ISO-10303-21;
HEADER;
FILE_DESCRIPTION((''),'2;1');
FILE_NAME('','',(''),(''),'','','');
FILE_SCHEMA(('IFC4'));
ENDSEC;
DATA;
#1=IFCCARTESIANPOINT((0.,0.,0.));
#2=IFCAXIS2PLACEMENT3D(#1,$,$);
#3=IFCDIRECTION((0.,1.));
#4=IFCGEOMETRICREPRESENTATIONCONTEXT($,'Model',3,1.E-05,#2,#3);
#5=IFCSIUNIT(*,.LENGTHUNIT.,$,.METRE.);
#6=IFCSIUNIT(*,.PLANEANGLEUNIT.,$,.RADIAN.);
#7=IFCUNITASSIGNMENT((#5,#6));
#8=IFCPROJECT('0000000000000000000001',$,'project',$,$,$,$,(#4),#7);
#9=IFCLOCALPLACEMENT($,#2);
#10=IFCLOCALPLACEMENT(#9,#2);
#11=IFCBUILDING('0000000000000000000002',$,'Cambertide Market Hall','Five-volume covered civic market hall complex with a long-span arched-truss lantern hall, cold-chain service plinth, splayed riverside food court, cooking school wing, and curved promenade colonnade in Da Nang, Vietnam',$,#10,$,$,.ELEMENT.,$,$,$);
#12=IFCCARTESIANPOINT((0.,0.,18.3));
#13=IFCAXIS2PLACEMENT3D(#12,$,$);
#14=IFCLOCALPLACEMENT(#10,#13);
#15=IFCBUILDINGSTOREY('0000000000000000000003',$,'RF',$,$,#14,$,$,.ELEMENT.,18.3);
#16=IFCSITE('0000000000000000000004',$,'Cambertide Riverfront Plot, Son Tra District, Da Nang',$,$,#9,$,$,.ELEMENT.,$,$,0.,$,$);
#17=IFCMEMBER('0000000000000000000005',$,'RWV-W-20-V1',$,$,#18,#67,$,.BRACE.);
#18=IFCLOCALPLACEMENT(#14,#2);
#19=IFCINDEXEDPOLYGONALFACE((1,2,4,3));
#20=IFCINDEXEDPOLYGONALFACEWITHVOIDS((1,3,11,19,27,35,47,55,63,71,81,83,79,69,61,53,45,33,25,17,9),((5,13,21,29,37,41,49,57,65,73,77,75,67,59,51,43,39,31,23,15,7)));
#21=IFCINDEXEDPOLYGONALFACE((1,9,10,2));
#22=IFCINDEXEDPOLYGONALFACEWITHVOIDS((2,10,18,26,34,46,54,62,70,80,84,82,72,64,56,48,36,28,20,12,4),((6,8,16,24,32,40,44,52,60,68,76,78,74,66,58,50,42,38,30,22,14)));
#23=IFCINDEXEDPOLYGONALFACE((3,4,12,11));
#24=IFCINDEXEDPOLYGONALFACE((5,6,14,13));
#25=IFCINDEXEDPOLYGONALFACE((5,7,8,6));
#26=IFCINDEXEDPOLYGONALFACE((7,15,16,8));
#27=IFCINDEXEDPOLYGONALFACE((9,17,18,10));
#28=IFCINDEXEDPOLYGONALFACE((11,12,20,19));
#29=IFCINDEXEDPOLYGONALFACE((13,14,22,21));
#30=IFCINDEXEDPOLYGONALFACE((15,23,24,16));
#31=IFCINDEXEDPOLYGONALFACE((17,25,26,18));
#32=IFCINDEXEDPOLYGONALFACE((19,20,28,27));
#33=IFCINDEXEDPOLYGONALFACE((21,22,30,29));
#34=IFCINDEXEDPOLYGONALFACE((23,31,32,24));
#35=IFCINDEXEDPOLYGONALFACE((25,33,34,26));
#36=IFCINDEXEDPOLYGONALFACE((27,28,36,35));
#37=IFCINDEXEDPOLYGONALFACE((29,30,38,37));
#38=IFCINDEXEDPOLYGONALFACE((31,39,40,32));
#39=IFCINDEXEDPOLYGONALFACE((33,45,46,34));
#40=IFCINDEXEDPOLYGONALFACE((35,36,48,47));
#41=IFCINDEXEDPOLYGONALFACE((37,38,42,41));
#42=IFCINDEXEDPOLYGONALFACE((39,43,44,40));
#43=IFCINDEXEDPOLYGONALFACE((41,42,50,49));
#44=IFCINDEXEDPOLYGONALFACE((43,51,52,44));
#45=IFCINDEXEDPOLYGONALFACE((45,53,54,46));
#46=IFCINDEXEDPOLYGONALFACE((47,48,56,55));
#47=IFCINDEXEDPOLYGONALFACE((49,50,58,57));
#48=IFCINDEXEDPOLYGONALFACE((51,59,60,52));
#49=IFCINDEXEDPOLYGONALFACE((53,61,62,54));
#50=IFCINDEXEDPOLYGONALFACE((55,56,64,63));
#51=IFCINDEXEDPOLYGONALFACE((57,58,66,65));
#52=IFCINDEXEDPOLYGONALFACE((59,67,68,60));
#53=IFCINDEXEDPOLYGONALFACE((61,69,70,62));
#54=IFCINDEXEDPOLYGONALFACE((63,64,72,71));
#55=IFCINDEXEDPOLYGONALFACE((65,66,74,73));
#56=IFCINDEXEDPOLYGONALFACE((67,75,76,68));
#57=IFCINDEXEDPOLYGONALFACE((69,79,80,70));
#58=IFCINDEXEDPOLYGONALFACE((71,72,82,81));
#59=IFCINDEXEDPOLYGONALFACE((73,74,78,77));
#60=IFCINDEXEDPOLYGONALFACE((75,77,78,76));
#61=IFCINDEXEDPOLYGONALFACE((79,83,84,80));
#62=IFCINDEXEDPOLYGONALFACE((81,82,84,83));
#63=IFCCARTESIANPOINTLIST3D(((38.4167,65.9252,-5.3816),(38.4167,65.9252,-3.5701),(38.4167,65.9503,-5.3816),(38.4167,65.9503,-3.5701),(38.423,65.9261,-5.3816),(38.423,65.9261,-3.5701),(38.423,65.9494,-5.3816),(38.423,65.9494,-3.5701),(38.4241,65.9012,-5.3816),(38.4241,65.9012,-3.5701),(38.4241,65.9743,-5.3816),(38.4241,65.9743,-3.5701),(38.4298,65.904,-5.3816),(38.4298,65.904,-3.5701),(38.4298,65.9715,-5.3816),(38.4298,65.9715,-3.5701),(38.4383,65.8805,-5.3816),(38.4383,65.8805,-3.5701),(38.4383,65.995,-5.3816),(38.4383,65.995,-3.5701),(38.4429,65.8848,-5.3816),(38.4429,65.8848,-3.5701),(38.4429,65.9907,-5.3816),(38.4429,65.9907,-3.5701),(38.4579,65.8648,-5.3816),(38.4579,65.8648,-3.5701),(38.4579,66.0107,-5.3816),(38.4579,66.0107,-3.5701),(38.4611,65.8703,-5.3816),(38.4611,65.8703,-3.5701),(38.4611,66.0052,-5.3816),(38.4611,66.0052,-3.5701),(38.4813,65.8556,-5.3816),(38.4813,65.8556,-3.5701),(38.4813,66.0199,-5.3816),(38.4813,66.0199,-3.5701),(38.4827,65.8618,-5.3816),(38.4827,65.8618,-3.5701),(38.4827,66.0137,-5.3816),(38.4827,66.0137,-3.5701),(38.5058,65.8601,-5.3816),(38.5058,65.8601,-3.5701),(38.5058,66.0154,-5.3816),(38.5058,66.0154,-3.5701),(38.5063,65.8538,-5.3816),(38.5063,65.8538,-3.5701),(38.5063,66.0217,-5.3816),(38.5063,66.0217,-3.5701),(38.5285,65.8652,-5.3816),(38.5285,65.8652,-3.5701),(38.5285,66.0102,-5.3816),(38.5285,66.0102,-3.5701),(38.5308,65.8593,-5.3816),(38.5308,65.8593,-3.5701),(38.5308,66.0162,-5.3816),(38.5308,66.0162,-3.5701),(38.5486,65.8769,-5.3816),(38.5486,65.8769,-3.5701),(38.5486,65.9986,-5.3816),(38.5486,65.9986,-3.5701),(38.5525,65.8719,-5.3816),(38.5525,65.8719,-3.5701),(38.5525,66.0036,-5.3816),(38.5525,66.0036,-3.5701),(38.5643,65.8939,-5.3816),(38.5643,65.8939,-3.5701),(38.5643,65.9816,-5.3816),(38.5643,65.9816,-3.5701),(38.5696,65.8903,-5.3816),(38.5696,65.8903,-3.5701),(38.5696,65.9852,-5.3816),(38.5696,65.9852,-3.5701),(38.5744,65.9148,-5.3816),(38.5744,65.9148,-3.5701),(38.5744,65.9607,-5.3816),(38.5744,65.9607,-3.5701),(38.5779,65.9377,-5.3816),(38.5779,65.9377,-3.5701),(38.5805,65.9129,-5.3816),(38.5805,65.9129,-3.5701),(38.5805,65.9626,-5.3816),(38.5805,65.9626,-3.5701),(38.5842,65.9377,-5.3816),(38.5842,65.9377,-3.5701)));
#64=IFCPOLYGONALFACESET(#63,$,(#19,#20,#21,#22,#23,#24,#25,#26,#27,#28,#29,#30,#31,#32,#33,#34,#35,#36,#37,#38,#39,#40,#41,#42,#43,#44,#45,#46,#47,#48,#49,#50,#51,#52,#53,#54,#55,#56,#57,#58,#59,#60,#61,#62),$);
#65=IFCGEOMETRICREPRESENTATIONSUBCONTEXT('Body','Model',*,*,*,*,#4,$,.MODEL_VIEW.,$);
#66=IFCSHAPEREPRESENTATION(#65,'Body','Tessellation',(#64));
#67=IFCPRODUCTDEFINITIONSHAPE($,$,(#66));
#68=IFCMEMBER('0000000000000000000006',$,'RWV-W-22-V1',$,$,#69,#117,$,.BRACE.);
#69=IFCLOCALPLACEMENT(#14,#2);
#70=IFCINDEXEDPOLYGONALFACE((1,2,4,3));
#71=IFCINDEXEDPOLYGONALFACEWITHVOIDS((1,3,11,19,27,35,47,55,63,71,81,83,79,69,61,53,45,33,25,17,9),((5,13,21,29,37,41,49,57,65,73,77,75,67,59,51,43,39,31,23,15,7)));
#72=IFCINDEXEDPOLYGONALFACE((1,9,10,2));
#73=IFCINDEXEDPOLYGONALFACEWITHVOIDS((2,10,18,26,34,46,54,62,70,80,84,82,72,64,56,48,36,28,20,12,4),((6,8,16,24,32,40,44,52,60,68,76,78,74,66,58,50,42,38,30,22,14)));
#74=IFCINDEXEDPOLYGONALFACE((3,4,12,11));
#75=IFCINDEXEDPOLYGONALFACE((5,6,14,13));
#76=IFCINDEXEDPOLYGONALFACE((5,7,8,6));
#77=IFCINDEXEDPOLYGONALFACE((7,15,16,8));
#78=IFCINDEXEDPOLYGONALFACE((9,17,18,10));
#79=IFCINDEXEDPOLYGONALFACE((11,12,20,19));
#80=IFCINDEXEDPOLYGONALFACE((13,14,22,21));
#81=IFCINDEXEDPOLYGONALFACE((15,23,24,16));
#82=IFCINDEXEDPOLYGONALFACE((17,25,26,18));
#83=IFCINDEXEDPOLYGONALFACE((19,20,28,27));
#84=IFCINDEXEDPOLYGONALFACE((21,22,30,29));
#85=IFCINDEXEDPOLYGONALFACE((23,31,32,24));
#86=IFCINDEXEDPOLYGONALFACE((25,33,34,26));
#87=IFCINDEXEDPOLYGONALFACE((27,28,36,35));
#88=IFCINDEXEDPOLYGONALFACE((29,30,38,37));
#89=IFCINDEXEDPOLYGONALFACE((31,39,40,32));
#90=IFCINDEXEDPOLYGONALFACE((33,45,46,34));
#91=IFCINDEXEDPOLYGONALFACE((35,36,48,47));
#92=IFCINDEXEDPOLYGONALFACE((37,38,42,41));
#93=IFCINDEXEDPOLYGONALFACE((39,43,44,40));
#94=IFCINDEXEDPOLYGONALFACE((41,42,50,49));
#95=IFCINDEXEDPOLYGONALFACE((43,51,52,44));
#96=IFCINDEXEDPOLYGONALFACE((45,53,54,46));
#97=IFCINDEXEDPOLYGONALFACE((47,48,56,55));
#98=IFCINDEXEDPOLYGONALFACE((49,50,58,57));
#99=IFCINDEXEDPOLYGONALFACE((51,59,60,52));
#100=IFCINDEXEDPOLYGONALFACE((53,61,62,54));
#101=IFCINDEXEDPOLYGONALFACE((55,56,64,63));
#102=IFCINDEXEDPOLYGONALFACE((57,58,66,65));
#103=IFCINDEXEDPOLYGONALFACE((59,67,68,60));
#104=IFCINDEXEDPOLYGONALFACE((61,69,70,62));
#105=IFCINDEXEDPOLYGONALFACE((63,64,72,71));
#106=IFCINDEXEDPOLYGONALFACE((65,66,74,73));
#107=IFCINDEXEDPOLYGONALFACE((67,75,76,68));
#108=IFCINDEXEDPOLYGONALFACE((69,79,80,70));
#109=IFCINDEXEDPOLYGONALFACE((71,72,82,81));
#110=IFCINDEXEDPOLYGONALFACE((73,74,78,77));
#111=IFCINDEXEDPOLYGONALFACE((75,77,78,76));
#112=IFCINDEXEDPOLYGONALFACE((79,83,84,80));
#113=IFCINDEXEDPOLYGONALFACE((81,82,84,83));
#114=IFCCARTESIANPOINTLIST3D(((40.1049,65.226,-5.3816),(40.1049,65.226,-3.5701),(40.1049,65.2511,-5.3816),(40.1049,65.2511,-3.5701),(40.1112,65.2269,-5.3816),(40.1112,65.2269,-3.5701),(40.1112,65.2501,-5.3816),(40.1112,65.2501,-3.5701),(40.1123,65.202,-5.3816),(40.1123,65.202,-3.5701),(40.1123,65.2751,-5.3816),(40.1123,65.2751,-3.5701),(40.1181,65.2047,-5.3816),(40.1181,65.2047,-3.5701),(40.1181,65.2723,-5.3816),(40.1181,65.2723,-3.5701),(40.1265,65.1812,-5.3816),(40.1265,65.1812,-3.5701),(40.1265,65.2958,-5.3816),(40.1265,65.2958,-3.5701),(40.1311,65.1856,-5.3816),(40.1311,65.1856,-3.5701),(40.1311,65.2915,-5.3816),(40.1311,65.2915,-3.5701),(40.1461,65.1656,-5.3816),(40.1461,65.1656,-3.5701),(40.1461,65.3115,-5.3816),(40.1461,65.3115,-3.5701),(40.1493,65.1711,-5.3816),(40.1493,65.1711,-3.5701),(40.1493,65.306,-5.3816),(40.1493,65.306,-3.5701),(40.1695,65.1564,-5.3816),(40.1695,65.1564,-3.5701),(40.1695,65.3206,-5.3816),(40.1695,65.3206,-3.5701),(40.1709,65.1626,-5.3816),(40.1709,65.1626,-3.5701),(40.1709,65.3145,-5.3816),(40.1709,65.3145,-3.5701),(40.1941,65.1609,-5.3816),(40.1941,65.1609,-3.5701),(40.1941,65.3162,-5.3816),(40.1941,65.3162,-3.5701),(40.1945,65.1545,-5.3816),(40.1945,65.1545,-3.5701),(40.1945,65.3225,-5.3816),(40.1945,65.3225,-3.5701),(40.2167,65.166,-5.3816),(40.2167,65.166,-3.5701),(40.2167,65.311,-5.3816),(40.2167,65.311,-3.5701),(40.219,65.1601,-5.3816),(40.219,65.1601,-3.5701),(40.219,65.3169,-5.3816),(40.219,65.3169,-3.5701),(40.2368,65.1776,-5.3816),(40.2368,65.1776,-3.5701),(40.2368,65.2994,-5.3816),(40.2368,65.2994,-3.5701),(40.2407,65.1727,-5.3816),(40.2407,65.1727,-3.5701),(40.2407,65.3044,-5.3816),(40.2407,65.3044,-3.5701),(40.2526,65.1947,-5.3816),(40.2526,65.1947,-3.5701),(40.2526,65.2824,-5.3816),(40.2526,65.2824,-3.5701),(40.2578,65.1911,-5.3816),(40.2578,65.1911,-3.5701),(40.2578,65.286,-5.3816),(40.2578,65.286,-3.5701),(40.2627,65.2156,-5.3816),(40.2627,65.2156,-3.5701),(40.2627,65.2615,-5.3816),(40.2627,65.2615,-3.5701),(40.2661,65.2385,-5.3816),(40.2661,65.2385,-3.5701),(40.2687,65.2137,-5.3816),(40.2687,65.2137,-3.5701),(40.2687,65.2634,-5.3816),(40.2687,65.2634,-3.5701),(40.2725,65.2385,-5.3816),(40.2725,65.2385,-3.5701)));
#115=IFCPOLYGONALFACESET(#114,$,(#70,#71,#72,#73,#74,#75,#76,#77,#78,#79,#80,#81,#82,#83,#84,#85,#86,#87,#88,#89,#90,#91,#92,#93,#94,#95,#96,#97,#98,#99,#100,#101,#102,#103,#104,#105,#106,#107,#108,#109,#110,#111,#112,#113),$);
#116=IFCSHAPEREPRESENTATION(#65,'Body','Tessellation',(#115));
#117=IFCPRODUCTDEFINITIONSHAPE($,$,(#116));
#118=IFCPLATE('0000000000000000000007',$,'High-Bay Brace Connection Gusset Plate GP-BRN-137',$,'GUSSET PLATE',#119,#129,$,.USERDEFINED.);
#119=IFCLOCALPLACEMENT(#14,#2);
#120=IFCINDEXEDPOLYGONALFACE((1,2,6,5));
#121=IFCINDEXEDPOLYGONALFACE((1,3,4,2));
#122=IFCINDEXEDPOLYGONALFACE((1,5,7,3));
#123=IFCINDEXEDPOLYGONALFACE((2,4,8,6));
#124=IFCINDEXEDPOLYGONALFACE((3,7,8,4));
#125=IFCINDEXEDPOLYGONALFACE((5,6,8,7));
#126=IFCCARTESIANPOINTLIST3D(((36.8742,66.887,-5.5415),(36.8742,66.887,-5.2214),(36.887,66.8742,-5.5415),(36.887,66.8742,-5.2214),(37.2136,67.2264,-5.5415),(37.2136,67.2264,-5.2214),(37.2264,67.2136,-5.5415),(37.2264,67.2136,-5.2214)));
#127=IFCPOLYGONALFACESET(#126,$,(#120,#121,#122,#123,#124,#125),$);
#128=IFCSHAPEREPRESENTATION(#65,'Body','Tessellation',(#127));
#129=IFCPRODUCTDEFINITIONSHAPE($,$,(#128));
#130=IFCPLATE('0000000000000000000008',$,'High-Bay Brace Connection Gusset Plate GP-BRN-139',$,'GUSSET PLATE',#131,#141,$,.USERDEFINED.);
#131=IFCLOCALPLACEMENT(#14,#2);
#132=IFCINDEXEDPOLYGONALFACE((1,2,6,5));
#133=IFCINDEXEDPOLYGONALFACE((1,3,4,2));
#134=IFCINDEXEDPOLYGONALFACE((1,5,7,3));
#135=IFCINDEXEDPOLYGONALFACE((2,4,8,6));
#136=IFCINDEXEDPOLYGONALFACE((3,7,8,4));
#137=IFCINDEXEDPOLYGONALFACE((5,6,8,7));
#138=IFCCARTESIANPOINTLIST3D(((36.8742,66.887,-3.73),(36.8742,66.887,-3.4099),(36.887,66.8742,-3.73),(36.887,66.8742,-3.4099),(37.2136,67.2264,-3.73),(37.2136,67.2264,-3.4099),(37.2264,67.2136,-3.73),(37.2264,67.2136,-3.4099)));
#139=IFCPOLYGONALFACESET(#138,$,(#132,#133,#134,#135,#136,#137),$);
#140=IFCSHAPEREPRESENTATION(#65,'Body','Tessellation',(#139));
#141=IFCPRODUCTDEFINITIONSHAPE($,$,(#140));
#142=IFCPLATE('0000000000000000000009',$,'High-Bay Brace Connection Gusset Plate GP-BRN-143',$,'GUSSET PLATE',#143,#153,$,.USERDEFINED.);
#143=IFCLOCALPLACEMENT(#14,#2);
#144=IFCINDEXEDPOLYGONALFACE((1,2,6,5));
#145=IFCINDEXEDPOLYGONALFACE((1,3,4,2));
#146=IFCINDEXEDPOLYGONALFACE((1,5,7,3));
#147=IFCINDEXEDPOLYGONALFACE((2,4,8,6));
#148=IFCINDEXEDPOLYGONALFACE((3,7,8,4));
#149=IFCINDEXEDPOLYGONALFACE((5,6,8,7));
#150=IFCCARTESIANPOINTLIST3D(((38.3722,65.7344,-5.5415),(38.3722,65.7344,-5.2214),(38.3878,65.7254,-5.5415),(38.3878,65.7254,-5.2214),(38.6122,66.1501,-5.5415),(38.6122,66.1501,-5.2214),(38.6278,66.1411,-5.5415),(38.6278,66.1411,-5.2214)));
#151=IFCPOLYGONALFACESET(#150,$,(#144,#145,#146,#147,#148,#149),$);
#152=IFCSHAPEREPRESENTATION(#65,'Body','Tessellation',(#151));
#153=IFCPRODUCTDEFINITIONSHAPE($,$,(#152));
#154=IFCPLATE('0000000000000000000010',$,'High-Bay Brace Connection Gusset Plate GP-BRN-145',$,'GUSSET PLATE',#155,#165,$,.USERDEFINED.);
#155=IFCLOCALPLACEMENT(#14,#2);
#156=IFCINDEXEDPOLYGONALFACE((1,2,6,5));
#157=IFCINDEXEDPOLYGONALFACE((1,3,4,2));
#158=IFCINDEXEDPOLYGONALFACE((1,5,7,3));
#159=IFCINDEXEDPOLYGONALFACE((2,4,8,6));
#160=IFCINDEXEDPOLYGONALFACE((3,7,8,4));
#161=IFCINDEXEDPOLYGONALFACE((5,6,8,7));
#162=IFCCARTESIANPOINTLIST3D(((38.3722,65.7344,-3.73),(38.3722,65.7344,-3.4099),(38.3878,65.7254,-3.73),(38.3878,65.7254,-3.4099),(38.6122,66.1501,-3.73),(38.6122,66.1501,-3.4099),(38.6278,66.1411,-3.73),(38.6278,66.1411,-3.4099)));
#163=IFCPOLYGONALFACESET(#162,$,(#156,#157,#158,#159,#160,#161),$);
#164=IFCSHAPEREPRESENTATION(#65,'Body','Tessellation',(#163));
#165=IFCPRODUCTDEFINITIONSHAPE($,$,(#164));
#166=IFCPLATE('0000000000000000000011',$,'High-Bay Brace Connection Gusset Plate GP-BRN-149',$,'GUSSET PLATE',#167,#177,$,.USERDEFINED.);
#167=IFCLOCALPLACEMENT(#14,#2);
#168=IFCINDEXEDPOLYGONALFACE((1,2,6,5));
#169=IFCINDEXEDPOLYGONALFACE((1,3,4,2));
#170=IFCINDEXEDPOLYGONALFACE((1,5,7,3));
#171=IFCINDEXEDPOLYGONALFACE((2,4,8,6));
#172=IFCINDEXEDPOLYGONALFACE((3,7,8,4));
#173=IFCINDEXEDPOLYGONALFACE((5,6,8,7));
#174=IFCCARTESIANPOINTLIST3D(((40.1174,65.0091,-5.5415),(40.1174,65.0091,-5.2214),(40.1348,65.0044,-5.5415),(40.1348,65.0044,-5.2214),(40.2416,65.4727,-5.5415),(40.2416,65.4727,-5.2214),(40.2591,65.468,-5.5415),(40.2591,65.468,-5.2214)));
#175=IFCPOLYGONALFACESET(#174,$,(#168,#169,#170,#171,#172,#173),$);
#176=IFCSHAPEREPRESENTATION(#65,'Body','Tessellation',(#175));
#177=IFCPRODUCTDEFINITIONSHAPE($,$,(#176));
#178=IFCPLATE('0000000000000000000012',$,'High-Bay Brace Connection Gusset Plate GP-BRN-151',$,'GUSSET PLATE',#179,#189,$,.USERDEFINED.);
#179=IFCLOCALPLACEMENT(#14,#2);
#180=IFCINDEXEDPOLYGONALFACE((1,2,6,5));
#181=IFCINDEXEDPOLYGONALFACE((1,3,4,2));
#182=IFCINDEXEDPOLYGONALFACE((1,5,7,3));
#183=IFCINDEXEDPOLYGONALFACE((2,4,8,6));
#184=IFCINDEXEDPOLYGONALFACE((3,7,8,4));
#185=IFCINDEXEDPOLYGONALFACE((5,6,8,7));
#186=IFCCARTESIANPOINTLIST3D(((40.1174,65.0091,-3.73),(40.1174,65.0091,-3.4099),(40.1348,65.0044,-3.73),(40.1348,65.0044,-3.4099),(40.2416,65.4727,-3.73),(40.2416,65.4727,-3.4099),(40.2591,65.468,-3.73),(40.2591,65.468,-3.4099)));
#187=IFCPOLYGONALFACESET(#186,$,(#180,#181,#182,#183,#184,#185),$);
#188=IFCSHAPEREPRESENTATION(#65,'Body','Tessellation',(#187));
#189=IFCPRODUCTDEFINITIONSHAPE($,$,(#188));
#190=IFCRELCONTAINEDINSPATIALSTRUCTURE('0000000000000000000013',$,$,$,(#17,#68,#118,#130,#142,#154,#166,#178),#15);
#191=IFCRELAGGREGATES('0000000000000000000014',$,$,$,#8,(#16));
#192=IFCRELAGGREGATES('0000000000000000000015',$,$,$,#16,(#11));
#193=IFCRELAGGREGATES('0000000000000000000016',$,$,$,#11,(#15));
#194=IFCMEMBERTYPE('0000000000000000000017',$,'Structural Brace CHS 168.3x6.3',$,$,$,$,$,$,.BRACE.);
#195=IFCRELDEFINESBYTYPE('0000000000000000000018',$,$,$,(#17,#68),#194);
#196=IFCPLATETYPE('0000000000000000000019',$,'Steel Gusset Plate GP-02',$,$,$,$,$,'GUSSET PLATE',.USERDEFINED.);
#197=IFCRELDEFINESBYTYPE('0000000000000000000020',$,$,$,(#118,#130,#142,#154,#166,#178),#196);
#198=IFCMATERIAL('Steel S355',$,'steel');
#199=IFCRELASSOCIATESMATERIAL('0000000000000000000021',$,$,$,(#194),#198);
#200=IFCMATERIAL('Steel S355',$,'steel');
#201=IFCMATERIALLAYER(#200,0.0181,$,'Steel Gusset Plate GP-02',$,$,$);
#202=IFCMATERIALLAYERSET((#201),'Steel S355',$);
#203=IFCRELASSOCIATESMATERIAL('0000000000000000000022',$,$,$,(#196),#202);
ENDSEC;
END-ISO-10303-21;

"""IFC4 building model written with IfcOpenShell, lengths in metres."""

from ifc_helpers import new_model, si_unit, direction, frame, origin, origin_2d, place, context, subcontext, project, spatial, rectangle, hollow_circle, extrude, material, layer, layer_set, material_profile, profile_set, type_object, element, save


model = new_model("IFC4")

# Units and contexts
model_context = context("Model", 3, precision=1e-05, world=origin(), true_north=direction((0.0, 1.0)))
body_context = subcontext(model_context, "Body", "Model", "MODEL_VIEW")
ifc_project = project(units=[si_unit("LENGTHUNIT", "METRE"), si_unit("PLANEANGLEUNIT", "RADIAN")], contexts=[model_context])

# Site, building, storey
site_placement = place(None, origin())
site = spatial("IfcSite", under=ifc_project, at=site_placement, Name="Cambertide Riverfront Plot, Son Tra District, Da Nang", CompositionType="ELEMENT", RefElevation=0.0)
building_placement = place(site_placement, origin())
building = spatial("IfcBuilding", under=site, at=building_placement, Name="Cambertide Market Hall", Description="Five-volume covered civic market hall complex with a long-span arched-truss lantern hall, cold-chain service plinth, splayed riverside food court, cooking school wing, and curved promenade colonnade in Da Nang, Vietnam", CompositionType="ELEMENT")
storey_placement = place(building_placement, frame((0.0, 0.0, 18.3)))
storey = spatial("IfcBuildingStorey", under=building, at=storey_placement, Name="RF", CompositionType="ELEMENT", Elevation=18.3)

# Members
ifc_material_1 = material(Name="Steel S355", Category="steel")
ifc_material_profile_1 = material_profile(ifc_material_1, hollow_circle(Radius=0.0842, WallThickness=0.0063, at=origin_2d()), Name="CHS 168.3x6.3")
ifc_profile_set_1 = profile_set([ifc_material_profile_1], Name="Steel S355")
member_type_1 = type_object("IfcMemberType", Name="Structural Brace CHS 168.3x6.3", PredefinedType="BRACE", material=ifc_profile_set_1)
for number, where, z_axis, x_axis, name in (
    (1, (38.5, 65.9377, -5.3816), (0.0, 0.0, 1.0), (1.0, 0.0, 0.0), "RWV-W-20-V1"),
    (2, (40.1882, 65.2385, -5.3816), (0.0, 0.0, 1.0), (1.0, 0.0, 0.0), "RWV-W-22-V1"),
):
    element("IfcMember", number, at=place(storey_placement, frame(where, z_axis=z_axis, x_axis=x_axis)), inside=storey, type_object=member_type_1, Name=name, PredefinedType="BRACE", context=body_context, shape_type="SweptSolid", body=[
        extrude(hollow_circle(Radius=0.0842, WallThickness=0.0063, at=origin_2d()), origin(), (0.0, 0.0, 1.0), 1.8115),
    ])

# Plates
ifc_material_2 = material(Name="Steel S355", Category="steel")
ifc_layer = layer(ifc_material_2, 0.0181, Name="Steel Gusset Plate GP-02")
ifc_layer_set = layer_set([ifc_layer], Name="Steel S355")
plate_type = type_object("IfcPlateType", Name="Steel Gusset Plate GP-02", ElementType="GUSSET PLATE", PredefinedType="USERDEFINED", material=ifc_layer_set)
for number, where, z_axis, x_axis, name in (
    (3, (37.0503, 67.0503, -5.5415), (0.0, 0.0, 1.0), (0.707107, 0.707107, 0.0), "High-Bay Brace Connection Gusset Plate GP-BRN-137"),
    (4, (37.0503, 67.0503, -3.73), (0.0, 0.0, 1.0), (0.707107, 0.707107, 0.0), "High-Bay Brace Connection Gusset Plate GP-BRN-139"),
    (5, (38.5, 65.9377, -5.5415), (0.0, 0.0, 1.0), (0.5, 0.866025, 0.0), "High-Bay Brace Connection Gusset Plate GP-BRN-143"),
    (6, (38.5, 65.9377, -3.73), (0.0, 0.0, 1.0), (0.5, 0.866025, 0.0), "High-Bay Brace Connection Gusset Plate GP-BRN-145"),
    (7, (40.1882, 65.2385, -5.5415), (0.0, 0.0, 1.0), (0.258819, 0.965926, 0.0), "High-Bay Brace Connection Gusset Plate GP-BRN-149"),
    (8, (40.1882, 65.2385, -3.73), (0.0, 0.0, 1.0), (0.258819, 0.965926, 0.0), "High-Bay Brace Connection Gusset Plate GP-BRN-151"),
):
    element("IfcPlate", number, at=place(storey_placement, frame(where, z_axis=z_axis, x_axis=x_axis)), inside=storey, type_object=plate_type, Name=name, ObjectType="GUSSET PLATE", PredefinedType="USERDEFINED", context=body_context, shape_type="SweptSolid", body=[
        extrude(rectangle(XDim=0.48, YDim=0.0181, at=origin_2d()), origin(), (0.0, 0.0, 1.0), 0.3201),
    ])

save(model, "model.ifc")
